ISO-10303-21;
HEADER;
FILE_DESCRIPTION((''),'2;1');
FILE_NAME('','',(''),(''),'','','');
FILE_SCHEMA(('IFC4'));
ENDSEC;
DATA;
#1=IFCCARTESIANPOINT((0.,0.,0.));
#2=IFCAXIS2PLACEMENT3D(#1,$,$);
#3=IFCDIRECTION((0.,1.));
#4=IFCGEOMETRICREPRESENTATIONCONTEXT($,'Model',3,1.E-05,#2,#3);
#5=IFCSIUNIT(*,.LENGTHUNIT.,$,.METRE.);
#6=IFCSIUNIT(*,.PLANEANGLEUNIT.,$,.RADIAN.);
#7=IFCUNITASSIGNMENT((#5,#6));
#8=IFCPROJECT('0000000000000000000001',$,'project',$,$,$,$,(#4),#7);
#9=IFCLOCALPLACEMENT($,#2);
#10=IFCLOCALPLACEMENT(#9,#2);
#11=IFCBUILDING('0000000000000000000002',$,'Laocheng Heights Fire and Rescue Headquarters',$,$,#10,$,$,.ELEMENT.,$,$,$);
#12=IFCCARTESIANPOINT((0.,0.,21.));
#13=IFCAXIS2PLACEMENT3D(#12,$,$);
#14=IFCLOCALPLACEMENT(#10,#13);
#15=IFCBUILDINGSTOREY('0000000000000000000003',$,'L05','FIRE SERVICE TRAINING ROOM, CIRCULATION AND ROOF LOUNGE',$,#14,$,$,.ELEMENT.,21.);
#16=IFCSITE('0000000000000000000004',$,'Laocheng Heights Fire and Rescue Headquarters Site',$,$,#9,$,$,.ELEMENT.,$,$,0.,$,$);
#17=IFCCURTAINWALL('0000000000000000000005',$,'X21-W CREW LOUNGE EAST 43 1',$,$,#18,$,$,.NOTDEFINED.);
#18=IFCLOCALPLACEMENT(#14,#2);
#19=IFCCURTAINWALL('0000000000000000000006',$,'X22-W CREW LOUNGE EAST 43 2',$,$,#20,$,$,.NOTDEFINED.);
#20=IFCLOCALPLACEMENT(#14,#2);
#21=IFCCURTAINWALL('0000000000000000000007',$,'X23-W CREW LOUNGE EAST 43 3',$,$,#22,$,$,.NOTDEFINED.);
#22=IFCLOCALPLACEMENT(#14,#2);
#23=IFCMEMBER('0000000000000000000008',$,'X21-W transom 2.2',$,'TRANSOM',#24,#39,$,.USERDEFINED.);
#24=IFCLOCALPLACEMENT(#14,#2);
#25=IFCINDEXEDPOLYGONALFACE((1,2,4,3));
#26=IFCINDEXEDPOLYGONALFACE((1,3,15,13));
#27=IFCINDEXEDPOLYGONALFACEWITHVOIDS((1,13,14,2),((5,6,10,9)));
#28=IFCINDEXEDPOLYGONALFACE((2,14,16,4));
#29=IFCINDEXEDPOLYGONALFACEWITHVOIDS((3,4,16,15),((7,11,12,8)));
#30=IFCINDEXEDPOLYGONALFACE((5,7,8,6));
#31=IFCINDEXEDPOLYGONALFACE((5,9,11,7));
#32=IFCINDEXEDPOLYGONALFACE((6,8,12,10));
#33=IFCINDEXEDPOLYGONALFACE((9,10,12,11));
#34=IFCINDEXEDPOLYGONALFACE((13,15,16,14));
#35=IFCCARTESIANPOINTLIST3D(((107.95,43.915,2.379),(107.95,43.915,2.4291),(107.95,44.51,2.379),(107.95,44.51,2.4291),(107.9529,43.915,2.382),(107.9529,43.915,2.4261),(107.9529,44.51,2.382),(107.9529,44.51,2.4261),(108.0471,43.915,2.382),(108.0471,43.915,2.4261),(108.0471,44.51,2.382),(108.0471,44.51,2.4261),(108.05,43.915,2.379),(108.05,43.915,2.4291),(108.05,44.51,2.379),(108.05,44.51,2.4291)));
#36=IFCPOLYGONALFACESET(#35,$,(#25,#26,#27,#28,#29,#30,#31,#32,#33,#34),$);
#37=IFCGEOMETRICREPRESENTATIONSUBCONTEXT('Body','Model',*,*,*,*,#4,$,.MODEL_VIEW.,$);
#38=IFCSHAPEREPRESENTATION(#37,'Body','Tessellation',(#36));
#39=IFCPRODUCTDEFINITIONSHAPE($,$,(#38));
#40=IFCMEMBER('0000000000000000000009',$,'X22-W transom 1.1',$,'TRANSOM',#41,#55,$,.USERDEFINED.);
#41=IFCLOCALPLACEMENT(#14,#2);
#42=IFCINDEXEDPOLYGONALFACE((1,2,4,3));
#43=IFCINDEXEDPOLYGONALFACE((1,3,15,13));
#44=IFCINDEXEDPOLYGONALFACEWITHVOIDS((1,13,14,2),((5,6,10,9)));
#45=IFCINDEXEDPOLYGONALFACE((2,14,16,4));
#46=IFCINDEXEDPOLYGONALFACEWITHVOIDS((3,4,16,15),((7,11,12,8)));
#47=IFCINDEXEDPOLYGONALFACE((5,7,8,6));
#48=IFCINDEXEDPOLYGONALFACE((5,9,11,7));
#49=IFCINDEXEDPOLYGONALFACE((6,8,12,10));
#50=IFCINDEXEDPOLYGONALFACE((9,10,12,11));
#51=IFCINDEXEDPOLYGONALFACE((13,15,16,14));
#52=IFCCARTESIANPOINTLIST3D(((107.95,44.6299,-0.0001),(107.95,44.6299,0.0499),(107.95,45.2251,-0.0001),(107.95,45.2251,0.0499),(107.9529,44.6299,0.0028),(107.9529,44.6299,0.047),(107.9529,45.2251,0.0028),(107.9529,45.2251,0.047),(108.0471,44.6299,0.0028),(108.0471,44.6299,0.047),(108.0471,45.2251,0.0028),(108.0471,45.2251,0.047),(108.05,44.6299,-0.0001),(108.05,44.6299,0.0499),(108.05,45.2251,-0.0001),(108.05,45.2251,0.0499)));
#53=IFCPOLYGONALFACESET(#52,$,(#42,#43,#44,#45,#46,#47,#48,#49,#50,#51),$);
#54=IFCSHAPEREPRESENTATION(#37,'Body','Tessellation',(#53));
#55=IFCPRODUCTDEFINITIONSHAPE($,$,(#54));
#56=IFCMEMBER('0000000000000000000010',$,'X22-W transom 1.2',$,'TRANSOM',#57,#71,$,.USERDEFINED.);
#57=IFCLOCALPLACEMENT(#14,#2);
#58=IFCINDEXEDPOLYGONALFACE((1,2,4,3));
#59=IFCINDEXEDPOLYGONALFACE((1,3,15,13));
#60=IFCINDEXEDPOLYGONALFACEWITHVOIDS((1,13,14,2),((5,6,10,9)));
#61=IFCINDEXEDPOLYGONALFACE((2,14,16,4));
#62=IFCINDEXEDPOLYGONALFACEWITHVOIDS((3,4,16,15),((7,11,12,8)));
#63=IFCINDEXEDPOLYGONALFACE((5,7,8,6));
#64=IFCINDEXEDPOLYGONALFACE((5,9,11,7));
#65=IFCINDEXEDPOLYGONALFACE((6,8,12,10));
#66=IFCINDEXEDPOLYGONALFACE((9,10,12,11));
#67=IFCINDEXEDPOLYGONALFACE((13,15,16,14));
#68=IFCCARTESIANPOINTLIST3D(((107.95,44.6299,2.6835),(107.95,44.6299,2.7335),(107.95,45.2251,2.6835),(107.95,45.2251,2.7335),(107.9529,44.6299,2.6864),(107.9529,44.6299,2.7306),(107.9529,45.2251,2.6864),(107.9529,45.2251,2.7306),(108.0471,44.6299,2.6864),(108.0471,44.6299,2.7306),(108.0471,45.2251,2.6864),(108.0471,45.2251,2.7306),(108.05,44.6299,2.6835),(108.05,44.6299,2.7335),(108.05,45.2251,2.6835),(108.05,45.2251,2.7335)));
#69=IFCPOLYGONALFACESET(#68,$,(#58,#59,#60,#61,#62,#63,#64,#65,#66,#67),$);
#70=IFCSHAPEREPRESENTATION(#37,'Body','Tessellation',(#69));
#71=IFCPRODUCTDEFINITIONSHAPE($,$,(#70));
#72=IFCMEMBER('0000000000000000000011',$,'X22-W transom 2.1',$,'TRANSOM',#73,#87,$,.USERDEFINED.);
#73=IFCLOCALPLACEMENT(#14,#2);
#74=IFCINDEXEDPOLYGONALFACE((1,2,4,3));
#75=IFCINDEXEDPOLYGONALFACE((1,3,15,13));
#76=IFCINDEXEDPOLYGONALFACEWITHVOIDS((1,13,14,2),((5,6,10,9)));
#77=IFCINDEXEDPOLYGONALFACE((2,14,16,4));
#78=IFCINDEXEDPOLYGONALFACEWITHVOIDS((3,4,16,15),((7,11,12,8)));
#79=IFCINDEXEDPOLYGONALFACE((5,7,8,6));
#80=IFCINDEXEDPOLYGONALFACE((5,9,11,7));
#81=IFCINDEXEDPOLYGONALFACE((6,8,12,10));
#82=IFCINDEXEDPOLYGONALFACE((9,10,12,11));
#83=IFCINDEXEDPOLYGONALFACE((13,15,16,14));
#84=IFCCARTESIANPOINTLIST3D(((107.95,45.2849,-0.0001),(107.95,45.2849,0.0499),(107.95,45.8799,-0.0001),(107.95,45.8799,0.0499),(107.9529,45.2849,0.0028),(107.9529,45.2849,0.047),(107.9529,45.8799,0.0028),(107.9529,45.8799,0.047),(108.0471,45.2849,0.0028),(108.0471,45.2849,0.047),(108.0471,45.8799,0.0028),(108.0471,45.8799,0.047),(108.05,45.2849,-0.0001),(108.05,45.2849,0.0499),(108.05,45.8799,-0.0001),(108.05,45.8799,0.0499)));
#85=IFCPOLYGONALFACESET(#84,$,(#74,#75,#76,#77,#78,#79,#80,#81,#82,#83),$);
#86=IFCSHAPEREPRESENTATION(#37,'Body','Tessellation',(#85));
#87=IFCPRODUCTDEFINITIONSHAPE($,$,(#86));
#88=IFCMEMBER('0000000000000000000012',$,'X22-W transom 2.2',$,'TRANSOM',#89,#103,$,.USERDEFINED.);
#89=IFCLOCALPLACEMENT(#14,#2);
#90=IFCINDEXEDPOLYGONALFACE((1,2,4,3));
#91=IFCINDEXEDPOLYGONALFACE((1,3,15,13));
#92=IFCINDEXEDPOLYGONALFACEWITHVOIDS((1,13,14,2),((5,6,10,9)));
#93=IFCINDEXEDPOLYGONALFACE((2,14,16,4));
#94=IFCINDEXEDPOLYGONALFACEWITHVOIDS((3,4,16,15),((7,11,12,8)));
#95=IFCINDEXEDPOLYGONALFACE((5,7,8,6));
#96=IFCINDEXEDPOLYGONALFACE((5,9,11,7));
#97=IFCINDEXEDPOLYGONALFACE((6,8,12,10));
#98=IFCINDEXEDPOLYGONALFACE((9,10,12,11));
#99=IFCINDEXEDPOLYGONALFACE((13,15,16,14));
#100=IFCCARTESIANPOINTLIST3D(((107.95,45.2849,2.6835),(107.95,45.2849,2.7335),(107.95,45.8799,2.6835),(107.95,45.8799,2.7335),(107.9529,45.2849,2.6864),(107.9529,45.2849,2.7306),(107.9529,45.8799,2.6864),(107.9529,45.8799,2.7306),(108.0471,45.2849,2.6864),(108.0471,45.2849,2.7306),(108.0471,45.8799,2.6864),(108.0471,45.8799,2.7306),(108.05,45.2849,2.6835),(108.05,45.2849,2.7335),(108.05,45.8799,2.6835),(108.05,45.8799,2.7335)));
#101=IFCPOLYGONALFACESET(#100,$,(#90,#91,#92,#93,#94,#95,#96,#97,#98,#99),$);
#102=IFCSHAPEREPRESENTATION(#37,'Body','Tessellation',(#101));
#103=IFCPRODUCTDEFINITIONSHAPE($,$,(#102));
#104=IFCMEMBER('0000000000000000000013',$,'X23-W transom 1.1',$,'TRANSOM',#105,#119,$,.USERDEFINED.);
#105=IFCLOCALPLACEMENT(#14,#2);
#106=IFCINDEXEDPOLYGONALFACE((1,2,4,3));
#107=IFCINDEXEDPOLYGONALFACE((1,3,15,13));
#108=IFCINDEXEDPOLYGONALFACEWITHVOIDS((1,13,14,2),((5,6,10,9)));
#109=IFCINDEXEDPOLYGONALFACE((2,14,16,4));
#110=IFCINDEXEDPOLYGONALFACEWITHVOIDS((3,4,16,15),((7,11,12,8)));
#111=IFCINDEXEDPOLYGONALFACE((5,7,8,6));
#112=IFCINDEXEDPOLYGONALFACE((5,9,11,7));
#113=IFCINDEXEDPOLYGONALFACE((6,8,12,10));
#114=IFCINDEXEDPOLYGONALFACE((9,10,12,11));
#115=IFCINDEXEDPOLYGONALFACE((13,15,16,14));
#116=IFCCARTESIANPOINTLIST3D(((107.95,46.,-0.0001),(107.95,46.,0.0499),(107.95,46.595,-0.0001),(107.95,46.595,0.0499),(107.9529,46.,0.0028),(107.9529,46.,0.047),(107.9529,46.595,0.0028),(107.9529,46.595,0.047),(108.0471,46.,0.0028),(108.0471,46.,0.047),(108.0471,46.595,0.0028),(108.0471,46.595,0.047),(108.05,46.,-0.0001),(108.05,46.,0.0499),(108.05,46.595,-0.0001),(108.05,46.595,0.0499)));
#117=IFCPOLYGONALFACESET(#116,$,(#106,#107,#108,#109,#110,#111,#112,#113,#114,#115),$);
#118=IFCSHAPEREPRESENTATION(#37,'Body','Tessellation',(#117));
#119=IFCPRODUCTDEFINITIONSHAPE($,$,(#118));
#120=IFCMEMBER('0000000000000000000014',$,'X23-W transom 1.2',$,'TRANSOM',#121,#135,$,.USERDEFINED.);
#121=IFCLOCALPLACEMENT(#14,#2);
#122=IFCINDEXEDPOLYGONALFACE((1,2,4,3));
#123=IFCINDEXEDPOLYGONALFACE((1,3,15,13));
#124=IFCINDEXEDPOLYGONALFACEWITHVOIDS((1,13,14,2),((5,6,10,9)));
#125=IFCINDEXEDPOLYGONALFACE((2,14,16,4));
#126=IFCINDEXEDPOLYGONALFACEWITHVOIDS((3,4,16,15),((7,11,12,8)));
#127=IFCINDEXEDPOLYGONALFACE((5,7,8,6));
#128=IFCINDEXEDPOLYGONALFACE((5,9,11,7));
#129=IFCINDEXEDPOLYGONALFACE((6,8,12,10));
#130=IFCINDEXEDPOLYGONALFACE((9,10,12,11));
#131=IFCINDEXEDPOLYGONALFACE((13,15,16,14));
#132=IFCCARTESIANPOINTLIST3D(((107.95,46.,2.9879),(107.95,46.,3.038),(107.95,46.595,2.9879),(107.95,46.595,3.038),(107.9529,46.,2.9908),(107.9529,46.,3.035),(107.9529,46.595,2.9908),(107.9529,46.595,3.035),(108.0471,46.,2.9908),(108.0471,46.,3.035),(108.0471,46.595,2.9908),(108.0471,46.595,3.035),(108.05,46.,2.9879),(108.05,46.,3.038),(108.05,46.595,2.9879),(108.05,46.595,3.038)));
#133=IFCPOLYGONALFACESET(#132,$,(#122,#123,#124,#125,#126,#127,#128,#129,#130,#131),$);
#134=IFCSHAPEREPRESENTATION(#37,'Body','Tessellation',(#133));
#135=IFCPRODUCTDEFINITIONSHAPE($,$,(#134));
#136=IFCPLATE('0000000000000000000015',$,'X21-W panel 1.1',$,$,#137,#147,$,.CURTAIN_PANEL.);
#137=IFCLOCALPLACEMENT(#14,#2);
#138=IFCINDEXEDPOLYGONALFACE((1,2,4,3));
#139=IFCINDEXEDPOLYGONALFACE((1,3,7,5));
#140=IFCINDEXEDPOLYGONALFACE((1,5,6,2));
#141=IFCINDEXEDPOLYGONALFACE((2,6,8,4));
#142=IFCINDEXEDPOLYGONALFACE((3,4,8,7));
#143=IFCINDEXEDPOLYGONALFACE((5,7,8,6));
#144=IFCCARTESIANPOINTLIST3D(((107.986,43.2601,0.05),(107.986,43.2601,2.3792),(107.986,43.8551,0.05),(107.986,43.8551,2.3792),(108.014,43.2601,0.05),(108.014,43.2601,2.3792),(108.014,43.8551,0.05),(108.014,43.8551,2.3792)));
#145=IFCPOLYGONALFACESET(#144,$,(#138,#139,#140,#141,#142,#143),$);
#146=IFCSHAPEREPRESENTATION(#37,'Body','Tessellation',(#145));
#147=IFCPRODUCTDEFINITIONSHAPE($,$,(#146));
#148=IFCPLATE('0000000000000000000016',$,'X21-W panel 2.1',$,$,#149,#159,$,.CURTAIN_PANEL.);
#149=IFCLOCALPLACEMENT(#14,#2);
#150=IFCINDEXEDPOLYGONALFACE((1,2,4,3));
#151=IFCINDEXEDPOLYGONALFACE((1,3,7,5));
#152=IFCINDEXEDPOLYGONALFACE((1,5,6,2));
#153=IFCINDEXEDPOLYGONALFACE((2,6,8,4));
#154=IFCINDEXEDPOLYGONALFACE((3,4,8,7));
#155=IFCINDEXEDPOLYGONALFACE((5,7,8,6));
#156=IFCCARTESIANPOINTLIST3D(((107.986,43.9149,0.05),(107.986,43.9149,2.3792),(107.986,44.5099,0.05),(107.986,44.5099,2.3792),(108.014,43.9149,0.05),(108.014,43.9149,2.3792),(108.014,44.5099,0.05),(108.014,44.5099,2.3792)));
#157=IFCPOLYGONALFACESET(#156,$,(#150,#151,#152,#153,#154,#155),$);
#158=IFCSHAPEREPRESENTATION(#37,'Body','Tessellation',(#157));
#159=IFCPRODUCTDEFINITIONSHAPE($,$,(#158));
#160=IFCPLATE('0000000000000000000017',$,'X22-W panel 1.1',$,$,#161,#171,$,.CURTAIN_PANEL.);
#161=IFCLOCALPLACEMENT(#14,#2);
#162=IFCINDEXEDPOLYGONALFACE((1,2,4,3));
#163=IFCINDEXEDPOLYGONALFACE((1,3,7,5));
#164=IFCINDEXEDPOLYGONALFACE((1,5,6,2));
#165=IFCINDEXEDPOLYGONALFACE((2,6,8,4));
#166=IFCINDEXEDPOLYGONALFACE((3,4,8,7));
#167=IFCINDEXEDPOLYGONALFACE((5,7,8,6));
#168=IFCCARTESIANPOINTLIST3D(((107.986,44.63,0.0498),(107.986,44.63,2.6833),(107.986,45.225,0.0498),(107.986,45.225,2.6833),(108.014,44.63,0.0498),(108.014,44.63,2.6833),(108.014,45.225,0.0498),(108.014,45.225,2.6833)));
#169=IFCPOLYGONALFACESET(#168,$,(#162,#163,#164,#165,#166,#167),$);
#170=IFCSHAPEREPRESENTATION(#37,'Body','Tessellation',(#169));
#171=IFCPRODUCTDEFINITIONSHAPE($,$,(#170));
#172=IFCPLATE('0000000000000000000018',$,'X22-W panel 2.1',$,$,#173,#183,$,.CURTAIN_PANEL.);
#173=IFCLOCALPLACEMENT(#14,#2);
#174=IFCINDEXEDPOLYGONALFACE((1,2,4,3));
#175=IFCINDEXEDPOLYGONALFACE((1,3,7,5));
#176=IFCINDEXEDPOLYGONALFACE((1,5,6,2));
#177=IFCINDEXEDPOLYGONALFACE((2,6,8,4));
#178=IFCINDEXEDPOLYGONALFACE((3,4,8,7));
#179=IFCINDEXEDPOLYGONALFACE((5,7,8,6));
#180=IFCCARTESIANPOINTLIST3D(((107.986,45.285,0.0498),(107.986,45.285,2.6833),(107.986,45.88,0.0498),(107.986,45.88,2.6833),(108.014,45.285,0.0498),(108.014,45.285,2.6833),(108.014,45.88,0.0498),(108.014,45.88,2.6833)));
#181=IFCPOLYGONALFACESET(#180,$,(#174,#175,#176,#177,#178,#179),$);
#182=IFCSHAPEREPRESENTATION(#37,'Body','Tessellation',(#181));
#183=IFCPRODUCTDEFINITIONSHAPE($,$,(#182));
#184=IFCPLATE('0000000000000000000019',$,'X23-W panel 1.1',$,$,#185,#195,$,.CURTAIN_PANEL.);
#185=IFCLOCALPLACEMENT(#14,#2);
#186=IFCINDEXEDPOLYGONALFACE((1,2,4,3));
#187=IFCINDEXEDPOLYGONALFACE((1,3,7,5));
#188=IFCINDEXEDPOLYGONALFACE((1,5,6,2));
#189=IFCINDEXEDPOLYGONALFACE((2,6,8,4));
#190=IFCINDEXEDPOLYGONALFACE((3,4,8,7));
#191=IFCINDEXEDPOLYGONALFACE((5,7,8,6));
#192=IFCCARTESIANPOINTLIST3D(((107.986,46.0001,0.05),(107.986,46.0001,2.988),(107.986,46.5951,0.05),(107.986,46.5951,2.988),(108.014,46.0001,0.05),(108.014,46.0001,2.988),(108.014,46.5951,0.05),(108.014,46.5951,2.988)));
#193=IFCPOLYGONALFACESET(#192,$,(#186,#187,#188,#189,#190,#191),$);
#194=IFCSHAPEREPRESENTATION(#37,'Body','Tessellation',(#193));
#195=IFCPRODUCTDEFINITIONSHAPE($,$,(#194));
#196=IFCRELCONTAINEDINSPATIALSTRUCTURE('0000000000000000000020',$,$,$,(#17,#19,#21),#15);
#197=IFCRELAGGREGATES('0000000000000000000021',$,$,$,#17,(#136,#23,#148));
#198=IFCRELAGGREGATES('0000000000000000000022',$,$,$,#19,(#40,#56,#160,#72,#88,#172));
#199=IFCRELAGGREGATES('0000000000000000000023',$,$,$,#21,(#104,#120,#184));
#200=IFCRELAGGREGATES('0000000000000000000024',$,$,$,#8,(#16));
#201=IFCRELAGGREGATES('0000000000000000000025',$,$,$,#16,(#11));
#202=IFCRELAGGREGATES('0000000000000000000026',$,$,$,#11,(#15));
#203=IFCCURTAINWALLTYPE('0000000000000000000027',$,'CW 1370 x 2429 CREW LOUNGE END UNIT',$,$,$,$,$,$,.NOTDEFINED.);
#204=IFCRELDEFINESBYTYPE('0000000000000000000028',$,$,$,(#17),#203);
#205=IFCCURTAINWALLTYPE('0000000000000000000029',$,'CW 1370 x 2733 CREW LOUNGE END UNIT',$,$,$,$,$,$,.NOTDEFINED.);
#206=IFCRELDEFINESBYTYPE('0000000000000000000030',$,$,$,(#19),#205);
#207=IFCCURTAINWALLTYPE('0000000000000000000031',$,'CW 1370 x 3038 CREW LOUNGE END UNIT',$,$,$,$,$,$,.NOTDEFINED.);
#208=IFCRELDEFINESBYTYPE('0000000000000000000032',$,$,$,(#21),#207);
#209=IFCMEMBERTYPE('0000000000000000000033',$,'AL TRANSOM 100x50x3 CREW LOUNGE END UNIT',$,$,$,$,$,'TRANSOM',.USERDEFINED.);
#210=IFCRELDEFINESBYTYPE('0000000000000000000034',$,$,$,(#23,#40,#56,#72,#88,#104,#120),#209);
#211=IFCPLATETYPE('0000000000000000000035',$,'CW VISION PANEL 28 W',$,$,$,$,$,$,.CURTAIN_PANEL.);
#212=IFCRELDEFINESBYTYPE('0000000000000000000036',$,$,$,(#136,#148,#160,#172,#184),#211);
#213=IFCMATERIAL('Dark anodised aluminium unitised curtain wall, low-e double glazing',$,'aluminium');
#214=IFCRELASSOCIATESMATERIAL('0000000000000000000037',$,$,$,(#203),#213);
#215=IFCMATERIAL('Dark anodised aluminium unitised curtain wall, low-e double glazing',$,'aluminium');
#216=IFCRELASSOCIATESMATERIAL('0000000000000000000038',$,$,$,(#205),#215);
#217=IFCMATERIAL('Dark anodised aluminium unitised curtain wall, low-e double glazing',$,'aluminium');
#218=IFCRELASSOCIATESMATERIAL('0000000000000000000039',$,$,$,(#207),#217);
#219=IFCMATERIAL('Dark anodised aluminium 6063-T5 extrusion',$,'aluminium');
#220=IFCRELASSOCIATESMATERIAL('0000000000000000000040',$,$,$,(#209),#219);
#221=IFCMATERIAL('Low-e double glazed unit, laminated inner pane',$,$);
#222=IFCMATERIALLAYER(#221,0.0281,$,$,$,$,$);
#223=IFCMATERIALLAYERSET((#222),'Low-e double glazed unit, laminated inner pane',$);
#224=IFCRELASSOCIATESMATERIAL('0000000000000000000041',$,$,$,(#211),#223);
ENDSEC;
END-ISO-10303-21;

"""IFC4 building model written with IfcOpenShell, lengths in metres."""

from ifc_helpers import new_model, si_unit, direction, frame, origin, origin_2d, place, context, subcontext, project, spatial, rectangle, hollow_rectangle, extrude, material, layer, layer_set, material_profile, profile_set, type_object, element, aggregate, save


model = new_model("IFC4")

# Units and contexts
model_context = context("Model", 3, precision=1e-05, world=origin(), true_north=direction((0.0, 1.0)))
body_context = subcontext(model_context, "Body", "Model", "MODEL_VIEW")
ifc_project = project(units=[si_unit("LENGTHUNIT", "METRE"), si_unit("PLANEANGLEUNIT", "RADIAN")], contexts=[model_context])

# Site, building, storey
site_placement = place(None, origin())
site = spatial("IfcSite", under=ifc_project, at=site_placement, Name="Laocheng Heights Fire and Rescue Headquarters Site", CompositionType="ELEMENT", RefElevation=0.0)
building_placement = place(site_placement, origin())
building = spatial("IfcBuilding", under=site, at=building_placement, Name="Laocheng Heights Fire and Rescue Headquarters", CompositionType="ELEMENT")
storey_placement = place(building_placement, frame((0.0, 0.0, 21.0)))
storey = spatial("IfcBuildingStorey", under=building, at=storey_placement, Name="L05", Description="FIRE SERVICE TRAINING ROOM, CIRCULATION AND ROOF LOUNGE", CompositionType="ELEMENT", Elevation=21.0)

# Curtain walls
ifc_material_1 = material(Name="Dark anodised aluminium unitised curtain wall, low-e double glazing", Category="aluminium")
curtain_wall_type_1 = type_object("IfcCurtainWallType", Name="CW 1370 x 2429 CREW LOUNGE END UNIT", PredefinedType="NOTDEFINED", material=ifc_material_1)
curtain_wall_1_placement = place(storey_placement, origin())
curtain_wall_1 = element("IfcCurtainWall", 1, at=curtain_wall_1_placement, inside=storey, type_object=curtain_wall_type_1, Name="X21-W CREW LOUNGE EAST 43 1", PredefinedType="NOTDEFINED")
ifc_material_2 = material(Name="Dark anodised aluminium unitised curtain wall, low-e double glazing", Category="aluminium")
curtain_wall_type_2 = type_object("IfcCurtainWallType", Name="CW 1370 x 2733 CREW LOUNGE END UNIT", PredefinedType="NOTDEFINED", material=ifc_material_2)
curtain_wall_2_placement = place(storey_placement, origin())
curtain_wall_2 = element("IfcCurtainWall", 2, at=curtain_wall_2_placement, inside=storey, type_object=curtain_wall_type_2, Name="X22-W CREW LOUNGE EAST 43 2", PredefinedType="NOTDEFINED")
ifc_material_3 = material(Name="Dark anodised aluminium unitised curtain wall, low-e double glazing", Category="aluminium")
curtain_wall_type_3 = type_object("IfcCurtainWallType", Name="CW 1370 x 3038 CREW LOUNGE END UNIT", PredefinedType="NOTDEFINED", material=ifc_material_3)
curtain_wall_3_placement = place(storey_placement, origin())
curtain_wall_3 = element("IfcCurtainWall", 3, at=curtain_wall_3_placement, inside=storey, type_object=curtain_wall_type_3, Name="X23-W CREW LOUNGE EAST 43 3", PredefinedType="NOTDEFINED")

# Members
ifc_material_4 = material(Name="Dark anodised aluminium 6063-T5 extrusion", Category="aluminium")
ifc_material_profile_1 = material_profile(ifc_material_4, hollow_rectangle(XDim=0.1001, YDim=0.05, WallThickness=0.0029, at=origin_2d()), Name="AL TRANSOM 100x50x3 CREW LOUNGE END UNIT")
ifc_profile_set_1 = profile_set([ifc_material_profile_1], Name="Dark anodised aluminium 6063-T5 extrusion")
member_type_1 = type_object("IfcMemberType", Name="AL TRANSOM 100x50x3 CREW LOUNGE END UNIT", ElementType="TRANSOM", PredefinedType="USERDEFINED", material=ifc_profile_set_1)
member_1_placement = place(storey_placement, frame((108.0, 43.915, 2.4041), z_axis=(0.0, 1.0, 0.0), x_axis=(-1.0, 0.0, 0.0)))
member_1 = element("IfcMember", 4, at=member_1_placement, type_object=member_type_1, Name="X21-W transom 2.2", ObjectType="TRANSOM", PredefinedType="USERDEFINED", context=body_context, shape_type="SweptSolid", body=[
    extrude(hollow_rectangle(XDim=0.1001, YDim=0.05, WallThickness=0.0029, at=origin_2d()), origin(), (0.0, 0.0, 1.0), 0.595),
])
member_2_placement = place(storey_placement, frame((108.0, 44.6299, 0.0249), z_axis=(0.0, 1.0, 0.0), x_axis=(-1.0, 0.0, 0.0)))
member_2 = element("IfcMember", 5, at=member_2_placement, type_object=member_type_1, Name="X22-W transom 1.1", ObjectType="TRANSOM", PredefinedType="USERDEFINED", context=body_context, shape_type="SweptSolid", body=[
    extrude(hollow_rectangle(XDim=0.1001, YDim=0.05, WallThickness=0.0029, at=origin_2d()), origin(), (0.0, 0.0, 1.0), 0.5952),
])
member_3_placement = place(storey_placement, frame((108.0, 44.6299, 2.7085), z_axis=(0.0, 1.0, 0.0), x_axis=(-1.0, 0.0, 0.0)))
member_3 = element("IfcMember", 6, at=member_3_placement, type_object=member_type_1, Name="X22-W transom 1.2", ObjectType="TRANSOM", PredefinedType="USERDEFINED", context=body_context, shape_type="SweptSolid", body=[
    extrude(hollow_rectangle(XDim=0.1001, YDim=0.05, WallThickness=0.0029, at=origin_2d()), origin(), (0.0, 0.0, 1.0), 0.5952),
])
member_4_placement = place(storey_placement, frame((108.0, 45.2849, 0.0249), z_axis=(0.0, 1.0, 0.0), x_axis=(-1.0, 0.0, 0.0)))
member_4 = element("IfcMember", 7, at=member_4_placement, type_object=member_type_1, Name="X22-W transom 2.1", ObjectType="TRANSOM", PredefinedType="USERDEFINED", context=body_context, shape_type="SweptSolid", body=[
    extrude(hollow_rectangle(XDim=0.1001, YDim=0.05, WallThickness=0.0029, at=origin_2d()), origin(), (0.0, 0.0, 1.0), 0.595),
])
member_5_placement = place(storey_placement, frame((108.0, 45.2849, 2.7085), z_axis=(0.0, 1.0, 0.0), x_axis=(-1.0, 0.0, 0.0)))
member_5 = element("IfcMember", 8, at=member_5_placement, type_object=member_type_1, Name="X22-W transom 2.2", ObjectType="TRANSOM", PredefinedType="USERDEFINED", context=body_context, shape_type="SweptSolid", body=[
    extrude(hollow_rectangle(XDim=0.1001, YDim=0.05, WallThickness=0.0029, at=origin_2d()), origin(), (0.0, 0.0, 1.0), 0.595),
])
member_6_placement = place(storey_placement, frame((108.0, 46.0, 0.0249), z_axis=(0.0, 1.0, 0.0), x_axis=(-1.0, 0.0, 0.0)))
member_6 = element("IfcMember", 9, at=member_6_placement, type_object=member_type_1, Name="X23-W transom 1.1", ObjectType="TRANSOM", PredefinedType="USERDEFINED", context=body_context, shape_type="SweptSolid", body=[
    extrude(hollow_rectangle(XDim=0.1001, YDim=0.05, WallThickness=0.0029, at=origin_2d()), origin(), (0.0, 0.0, 1.0), 0.595),
])
member_7_placement = place(storey_placement, frame((108.0, 46.0, 3.0129), z_axis=(0.0, 1.0, 0.0), x_axis=(-1.0, 0.0, 0.0)))
member_7 = element("IfcMember", 10, at=member_7_placement, type_object=member_type_1, Name="X23-W transom 1.2", ObjectType="TRANSOM", PredefinedType="USERDEFINED", context=body_context, shape_type="SweptSolid", body=[
    extrude(hollow_rectangle(XDim=0.1001, YDim=0.05, WallThickness=0.0029, at=origin_2d()), origin(), (0.0, 0.0, 1.0), 0.595),
])

# Plates
ifc_material_5 = material(Name="Low-e double glazed unit, laminated inner pane")
ifc_layer_1 = layer(ifc_material_5, 0.0281)
ifc_layer_set_1 = layer_set([ifc_layer_1], Name="Low-e double glazed unit, laminated inner pane")
plate_type = type_object("IfcPlateType", Name="CW VISION PANEL 28 W", PredefinedType="CURTAIN_PANEL", material=ifc_layer_set_1)
plate_1_placement = place(storey_placement, frame((108.0, 43.5576, 0.05), z_axis=(0.0, 0.0, 1.0), x_axis=(0.0, 1.0, 0.0)))
plate_1 = element("IfcPlate", 11, at=plate_1_placement, type_object=plate_type, Name="X21-W panel 1.1", PredefinedType="CURTAIN_PANEL", context=body_context, shape_type="SweptSolid", body=[
    extrude(rectangle(XDim=0.595, YDim=0.0281, at=origin_2d()), origin(), (0.0, 0.0, 1.0), 2.3291),
])
plate_2_placement = place(storey_placement, frame((108.0, 44.2124, 0.05), z_axis=(0.0, 0.0, 1.0), x_axis=(0.0, 1.0, 0.0)))
plate_2 = element("IfcPlate", 12, at=plate_2_placement, type_object=plate_type, Name="X21-W panel 2.1", PredefinedType="CURTAIN_PANEL", context=body_context, shape_type="SweptSolid", body=[
    extrude(rectangle(XDim=0.595, YDim=0.0281, at=origin_2d()), origin(), (0.0, 0.0, 1.0), 2.3291),
])
aggregate(curtain_wall_1, [plate_1, member_1, plate_2])
plate_3_placement = place(storey_placement, frame((108.0, 44.9275, 0.0498), z_axis=(0.0, 0.0, 1.0), x_axis=(0.0, 1.0, 0.0)))
plate_3 = element("IfcPlate", 13, at=plate_3_placement, type_object=plate_type, Name="X22-W panel 1.1", PredefinedType="CURTAIN_PANEL", context=body_context, shape_type="SweptSolid", body=[
    extrude(rectangle(XDim=0.595, YDim=0.0281, at=origin_2d()), origin(), (0.0, 0.0, 1.0), 2.6335),
])
plate_4_placement = place(storey_placement, frame((108.0, 45.5825, 0.0498), z_axis=(0.0, 0.0, 1.0), x_axis=(0.0, 1.0, 0.0)))
plate_4 = element("IfcPlate", 14, at=plate_4_placement, type_object=plate_type, Name="X22-W panel 2.1", PredefinedType="CURTAIN_PANEL", context=body_context, shape_type="SweptSolid", body=[
    extrude(rectangle(XDim=0.595, YDim=0.0281, at=origin_2d()), origin(), (0.0, 0.0, 1.0), 2.6335),
])
aggregate(curtain_wall_2, [member_2, member_3, plate_3, member_4, member_5, plate_4])
plate_5_placement = place(storey_placement, frame((108.0, 46.2976, 0.05), z_axis=(0.0, 0.0, 1.0), x_axis=(0.0, 1.0, 0.0)))
plate_5 = element("IfcPlate", 15, at=plate_5_placement, type_object=plate_type, Name="X23-W panel 1.1", PredefinedType="CURTAIN_PANEL", context=body_context, shape_type="SweptSolid", body=[
    extrude(rectangle(XDim=0.595, YDim=0.0281, at=origin_2d()), origin(), (0.0, 0.0, 1.0), 2.938),
])
aggregate(curtain_wall_3, [member_6, member_7, plate_5])

save(model, "model.ifc")
